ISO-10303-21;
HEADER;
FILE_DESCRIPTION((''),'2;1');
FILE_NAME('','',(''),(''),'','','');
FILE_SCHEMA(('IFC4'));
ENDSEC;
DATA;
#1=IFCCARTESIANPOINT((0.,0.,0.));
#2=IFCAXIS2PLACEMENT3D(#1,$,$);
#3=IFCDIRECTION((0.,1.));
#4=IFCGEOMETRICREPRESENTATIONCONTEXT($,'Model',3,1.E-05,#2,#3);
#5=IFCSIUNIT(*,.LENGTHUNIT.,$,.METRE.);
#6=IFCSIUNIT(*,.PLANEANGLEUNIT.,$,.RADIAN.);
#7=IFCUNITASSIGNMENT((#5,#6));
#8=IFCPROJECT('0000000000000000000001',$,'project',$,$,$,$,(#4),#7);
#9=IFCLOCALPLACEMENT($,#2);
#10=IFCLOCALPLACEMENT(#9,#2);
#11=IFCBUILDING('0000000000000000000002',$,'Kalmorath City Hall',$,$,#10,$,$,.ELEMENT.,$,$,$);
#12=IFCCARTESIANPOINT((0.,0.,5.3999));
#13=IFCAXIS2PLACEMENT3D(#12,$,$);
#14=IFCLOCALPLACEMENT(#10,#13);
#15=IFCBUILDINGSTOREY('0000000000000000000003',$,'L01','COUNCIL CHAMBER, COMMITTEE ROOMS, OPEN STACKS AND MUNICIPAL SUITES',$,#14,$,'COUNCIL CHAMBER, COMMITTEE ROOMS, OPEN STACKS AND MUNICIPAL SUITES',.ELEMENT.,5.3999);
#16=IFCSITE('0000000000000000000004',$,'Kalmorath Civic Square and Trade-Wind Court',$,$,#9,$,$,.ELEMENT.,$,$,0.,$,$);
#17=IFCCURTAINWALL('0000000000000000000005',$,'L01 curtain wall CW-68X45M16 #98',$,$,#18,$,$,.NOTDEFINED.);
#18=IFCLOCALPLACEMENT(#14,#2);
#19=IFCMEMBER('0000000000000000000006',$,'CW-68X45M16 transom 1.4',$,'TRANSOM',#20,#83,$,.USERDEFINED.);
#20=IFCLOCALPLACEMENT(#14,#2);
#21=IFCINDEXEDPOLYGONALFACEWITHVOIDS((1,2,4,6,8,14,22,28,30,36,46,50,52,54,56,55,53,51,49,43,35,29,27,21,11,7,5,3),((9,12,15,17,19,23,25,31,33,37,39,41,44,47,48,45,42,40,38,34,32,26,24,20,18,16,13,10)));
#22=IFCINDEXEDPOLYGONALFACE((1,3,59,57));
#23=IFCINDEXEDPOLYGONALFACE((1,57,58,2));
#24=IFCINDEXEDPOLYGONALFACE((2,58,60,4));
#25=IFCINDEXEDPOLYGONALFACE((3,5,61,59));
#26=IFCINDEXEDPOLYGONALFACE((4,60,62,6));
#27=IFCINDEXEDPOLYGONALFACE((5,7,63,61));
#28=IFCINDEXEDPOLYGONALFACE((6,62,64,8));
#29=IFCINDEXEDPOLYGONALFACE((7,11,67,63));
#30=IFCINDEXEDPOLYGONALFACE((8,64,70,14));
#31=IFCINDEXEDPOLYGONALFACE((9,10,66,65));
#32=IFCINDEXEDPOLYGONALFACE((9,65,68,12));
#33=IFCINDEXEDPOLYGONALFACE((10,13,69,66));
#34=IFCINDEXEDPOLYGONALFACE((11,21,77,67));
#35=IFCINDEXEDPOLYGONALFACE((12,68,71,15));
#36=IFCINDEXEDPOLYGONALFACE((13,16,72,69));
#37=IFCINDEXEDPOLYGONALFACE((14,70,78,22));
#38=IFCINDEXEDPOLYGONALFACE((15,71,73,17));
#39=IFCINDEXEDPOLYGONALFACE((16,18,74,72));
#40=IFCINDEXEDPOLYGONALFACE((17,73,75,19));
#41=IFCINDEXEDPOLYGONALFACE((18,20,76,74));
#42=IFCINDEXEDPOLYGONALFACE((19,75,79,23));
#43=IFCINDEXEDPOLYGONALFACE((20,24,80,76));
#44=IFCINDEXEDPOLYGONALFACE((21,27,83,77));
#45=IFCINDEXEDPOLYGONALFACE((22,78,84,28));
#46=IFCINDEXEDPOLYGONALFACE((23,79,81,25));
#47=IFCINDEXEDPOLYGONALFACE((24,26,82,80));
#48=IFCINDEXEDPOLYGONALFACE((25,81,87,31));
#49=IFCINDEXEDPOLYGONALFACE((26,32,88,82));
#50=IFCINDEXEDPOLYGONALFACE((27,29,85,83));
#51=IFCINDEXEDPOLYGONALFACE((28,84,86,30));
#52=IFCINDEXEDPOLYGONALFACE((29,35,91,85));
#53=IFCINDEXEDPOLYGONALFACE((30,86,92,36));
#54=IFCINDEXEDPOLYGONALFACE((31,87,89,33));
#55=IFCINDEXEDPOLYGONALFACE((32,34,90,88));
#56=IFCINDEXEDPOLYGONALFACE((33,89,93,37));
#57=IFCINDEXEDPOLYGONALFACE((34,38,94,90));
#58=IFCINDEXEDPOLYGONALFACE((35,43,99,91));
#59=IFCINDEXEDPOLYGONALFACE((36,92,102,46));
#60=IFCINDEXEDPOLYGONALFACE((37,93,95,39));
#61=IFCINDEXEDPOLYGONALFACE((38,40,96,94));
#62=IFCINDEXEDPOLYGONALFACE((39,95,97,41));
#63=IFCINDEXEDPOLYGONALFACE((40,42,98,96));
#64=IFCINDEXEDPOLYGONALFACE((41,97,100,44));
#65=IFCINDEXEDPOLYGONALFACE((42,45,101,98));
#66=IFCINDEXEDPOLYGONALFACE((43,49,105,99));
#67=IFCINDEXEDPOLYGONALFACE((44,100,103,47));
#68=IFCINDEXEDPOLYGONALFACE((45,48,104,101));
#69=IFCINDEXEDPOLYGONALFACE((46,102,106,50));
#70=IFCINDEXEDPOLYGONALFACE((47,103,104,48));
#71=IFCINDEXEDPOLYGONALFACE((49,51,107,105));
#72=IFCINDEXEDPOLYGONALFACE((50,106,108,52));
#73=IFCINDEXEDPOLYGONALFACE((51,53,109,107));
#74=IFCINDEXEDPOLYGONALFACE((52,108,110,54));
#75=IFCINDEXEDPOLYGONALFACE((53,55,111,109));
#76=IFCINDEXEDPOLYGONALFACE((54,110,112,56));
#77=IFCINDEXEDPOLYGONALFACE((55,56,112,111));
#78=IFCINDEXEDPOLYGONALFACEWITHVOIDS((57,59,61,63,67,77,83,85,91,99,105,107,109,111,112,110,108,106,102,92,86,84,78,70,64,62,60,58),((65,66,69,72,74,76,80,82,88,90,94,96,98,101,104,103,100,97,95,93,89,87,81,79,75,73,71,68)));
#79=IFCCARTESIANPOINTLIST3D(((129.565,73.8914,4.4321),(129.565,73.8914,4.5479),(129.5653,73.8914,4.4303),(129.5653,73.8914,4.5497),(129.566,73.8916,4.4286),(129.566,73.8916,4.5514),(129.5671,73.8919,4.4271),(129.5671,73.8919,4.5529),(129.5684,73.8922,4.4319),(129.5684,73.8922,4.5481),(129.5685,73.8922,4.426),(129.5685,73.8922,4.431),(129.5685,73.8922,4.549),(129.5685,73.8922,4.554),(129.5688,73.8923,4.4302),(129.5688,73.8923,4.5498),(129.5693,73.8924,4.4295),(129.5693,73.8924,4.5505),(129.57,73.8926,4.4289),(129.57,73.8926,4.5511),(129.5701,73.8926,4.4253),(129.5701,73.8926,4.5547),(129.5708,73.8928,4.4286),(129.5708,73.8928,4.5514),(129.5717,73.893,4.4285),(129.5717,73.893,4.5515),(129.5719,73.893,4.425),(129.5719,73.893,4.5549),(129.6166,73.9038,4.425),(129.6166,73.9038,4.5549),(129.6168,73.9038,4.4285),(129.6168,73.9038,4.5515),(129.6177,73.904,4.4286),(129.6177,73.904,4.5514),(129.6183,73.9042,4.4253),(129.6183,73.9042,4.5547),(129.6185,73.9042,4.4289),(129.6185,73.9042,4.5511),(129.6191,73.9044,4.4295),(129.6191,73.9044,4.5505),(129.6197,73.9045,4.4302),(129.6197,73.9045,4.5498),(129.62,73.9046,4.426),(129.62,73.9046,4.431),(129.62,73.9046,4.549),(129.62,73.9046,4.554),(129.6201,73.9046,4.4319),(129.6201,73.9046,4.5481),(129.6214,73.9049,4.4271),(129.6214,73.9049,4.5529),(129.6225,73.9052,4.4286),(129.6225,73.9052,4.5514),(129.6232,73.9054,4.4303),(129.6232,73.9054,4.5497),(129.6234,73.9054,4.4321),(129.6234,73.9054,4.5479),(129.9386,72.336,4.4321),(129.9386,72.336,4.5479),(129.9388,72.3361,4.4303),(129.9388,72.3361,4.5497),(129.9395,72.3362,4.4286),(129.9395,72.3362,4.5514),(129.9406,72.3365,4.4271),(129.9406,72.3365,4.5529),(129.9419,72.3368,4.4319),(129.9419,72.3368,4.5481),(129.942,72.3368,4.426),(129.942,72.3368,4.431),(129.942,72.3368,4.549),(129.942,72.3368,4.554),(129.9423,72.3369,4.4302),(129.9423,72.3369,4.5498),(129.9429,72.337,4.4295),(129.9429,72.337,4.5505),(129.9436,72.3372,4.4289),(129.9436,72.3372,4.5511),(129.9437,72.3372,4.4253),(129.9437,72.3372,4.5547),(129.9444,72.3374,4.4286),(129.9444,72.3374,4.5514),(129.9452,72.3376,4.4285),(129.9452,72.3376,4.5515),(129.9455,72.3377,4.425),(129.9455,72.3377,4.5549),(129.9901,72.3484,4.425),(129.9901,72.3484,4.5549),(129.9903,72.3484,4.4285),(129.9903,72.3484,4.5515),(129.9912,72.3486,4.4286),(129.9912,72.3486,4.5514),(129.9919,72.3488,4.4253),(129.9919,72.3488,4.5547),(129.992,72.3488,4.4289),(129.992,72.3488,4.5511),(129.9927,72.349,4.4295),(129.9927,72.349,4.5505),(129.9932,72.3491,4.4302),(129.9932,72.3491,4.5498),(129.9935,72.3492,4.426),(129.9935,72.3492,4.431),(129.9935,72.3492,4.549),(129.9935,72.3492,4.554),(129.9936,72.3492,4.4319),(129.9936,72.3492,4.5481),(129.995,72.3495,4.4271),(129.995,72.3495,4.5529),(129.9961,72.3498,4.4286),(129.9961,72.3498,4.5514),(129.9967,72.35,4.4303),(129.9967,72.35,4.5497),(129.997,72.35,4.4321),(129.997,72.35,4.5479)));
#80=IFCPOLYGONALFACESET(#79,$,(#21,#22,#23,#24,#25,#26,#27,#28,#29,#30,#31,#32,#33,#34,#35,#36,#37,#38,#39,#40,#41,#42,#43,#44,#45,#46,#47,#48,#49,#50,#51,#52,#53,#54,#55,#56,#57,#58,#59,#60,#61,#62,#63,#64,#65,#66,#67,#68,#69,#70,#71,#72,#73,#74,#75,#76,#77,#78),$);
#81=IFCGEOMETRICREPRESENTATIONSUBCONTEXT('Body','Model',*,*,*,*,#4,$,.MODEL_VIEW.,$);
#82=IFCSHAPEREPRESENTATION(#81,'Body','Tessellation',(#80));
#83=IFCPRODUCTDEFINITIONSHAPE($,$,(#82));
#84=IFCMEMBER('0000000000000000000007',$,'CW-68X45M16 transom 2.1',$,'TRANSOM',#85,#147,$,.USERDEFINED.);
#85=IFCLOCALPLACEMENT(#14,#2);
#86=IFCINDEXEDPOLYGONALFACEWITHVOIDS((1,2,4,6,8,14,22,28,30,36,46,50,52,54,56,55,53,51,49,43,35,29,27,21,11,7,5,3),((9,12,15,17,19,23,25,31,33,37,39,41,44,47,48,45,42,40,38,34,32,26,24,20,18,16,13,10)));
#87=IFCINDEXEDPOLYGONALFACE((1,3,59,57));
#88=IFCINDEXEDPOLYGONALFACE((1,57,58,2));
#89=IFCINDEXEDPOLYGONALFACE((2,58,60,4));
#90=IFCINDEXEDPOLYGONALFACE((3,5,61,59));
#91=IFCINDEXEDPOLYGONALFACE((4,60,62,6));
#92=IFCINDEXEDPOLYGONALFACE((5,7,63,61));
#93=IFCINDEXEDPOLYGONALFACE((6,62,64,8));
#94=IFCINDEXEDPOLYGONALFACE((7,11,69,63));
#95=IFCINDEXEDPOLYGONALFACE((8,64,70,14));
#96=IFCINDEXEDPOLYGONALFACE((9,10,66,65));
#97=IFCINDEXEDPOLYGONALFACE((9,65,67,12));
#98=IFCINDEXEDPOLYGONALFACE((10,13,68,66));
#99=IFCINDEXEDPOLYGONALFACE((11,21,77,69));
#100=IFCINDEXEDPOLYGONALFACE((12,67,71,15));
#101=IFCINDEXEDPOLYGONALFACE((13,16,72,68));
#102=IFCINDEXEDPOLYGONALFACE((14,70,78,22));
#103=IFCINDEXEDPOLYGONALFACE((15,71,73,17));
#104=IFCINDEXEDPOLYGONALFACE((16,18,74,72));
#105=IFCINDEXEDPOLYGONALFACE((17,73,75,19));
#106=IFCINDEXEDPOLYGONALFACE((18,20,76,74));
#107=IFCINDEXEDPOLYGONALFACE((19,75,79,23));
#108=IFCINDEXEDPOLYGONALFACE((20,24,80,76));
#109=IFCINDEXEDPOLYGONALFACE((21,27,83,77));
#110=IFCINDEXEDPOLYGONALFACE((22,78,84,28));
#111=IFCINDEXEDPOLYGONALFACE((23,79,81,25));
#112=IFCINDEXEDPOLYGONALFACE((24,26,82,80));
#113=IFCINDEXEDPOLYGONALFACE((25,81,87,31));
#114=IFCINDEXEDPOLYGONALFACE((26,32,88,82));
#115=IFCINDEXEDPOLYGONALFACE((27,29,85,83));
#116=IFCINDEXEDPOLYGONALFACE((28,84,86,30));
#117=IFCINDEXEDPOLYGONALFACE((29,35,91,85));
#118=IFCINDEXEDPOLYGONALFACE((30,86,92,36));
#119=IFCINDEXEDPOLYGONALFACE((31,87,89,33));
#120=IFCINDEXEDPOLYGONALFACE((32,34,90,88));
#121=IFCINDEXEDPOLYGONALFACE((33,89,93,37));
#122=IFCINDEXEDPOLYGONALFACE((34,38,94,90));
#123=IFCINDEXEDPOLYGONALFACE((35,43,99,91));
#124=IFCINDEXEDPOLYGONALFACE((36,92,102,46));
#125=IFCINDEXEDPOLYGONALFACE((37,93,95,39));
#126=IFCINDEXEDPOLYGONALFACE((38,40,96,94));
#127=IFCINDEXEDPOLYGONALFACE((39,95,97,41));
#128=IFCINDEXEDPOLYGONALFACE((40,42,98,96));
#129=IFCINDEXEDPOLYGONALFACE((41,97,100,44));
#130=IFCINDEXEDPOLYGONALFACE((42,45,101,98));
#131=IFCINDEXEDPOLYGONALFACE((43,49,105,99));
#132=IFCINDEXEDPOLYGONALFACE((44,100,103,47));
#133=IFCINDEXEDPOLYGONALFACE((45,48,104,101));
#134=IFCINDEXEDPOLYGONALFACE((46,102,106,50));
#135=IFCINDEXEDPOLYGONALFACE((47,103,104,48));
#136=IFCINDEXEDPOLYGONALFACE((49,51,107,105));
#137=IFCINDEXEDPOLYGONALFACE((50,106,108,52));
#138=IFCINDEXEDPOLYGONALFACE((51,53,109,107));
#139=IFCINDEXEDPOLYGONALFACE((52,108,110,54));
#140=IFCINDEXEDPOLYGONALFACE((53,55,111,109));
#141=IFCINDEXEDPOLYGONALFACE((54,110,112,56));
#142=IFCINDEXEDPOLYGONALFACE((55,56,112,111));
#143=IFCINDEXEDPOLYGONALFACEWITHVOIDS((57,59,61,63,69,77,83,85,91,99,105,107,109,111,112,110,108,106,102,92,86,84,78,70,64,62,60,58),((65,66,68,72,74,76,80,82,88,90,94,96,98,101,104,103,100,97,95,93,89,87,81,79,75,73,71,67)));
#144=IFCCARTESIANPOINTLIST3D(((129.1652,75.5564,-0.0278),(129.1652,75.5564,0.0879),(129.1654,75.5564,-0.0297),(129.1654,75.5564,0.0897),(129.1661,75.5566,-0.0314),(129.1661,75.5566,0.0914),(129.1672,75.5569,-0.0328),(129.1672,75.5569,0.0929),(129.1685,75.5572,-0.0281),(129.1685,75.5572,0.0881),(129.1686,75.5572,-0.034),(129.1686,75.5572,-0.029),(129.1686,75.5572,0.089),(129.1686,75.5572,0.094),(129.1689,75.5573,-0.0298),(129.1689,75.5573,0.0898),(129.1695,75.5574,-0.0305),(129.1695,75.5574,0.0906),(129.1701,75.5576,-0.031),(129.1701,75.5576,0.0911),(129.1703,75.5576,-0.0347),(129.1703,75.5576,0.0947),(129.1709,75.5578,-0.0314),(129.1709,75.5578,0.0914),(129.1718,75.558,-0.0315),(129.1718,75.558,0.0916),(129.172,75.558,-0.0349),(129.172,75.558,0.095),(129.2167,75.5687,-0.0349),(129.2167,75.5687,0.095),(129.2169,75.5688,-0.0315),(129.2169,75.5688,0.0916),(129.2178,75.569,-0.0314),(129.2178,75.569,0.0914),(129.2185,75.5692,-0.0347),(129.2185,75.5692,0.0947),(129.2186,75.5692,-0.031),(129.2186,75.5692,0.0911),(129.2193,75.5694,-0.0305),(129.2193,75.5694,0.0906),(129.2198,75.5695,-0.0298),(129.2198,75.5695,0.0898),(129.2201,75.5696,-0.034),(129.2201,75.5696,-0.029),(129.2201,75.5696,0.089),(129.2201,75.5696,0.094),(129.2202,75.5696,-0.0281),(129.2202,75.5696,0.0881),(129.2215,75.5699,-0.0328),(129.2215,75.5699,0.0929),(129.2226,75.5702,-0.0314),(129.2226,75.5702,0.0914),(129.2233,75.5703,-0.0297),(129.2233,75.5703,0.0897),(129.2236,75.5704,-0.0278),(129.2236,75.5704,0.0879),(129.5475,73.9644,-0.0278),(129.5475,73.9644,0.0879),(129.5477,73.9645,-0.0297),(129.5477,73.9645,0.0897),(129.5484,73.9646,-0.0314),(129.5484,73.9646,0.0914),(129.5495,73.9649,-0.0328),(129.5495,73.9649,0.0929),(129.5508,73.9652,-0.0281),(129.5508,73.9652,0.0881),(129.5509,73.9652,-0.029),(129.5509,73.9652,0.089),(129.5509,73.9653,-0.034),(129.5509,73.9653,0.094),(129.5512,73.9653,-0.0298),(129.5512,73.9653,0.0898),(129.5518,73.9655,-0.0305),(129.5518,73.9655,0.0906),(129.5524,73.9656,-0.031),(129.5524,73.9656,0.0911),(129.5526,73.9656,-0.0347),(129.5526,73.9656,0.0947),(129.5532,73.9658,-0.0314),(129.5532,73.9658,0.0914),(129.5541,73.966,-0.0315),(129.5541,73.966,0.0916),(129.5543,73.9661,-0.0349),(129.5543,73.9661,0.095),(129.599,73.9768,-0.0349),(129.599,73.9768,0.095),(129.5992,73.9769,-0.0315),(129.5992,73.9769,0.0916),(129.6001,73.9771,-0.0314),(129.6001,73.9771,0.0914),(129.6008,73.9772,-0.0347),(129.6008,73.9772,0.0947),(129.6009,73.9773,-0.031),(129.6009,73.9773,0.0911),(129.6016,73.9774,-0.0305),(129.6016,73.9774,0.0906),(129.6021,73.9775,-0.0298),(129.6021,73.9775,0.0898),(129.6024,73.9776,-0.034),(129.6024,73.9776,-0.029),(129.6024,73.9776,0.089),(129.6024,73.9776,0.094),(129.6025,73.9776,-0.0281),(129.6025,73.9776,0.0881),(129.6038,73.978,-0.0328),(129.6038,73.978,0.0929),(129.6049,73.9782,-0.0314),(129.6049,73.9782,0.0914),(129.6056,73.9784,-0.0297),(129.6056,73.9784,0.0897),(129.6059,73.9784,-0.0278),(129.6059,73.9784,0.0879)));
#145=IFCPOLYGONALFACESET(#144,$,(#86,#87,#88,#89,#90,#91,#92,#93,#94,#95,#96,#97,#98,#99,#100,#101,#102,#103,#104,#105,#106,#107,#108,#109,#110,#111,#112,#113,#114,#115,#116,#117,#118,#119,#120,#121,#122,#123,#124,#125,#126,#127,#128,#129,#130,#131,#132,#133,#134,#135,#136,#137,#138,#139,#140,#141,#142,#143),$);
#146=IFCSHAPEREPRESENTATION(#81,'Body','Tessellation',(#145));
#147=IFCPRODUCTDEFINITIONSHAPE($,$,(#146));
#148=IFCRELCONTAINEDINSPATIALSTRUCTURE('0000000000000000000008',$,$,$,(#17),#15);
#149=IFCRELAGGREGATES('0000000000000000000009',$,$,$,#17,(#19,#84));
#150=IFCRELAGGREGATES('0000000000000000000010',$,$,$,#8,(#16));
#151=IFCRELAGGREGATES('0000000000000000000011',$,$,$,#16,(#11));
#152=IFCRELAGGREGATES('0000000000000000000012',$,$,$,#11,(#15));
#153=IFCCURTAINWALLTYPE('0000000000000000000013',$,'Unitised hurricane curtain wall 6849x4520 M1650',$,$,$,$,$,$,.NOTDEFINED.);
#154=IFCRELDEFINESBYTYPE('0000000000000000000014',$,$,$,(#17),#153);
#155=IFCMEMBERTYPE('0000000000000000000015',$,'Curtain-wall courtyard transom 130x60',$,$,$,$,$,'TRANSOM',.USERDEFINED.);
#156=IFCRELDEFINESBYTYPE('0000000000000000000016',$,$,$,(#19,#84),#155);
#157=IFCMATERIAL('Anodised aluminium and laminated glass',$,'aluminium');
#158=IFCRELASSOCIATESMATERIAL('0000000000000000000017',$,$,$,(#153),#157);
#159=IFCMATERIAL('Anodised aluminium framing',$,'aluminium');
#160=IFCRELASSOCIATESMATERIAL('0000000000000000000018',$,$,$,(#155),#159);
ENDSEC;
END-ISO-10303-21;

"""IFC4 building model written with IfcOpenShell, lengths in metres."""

from ifc_helpers import new_model, si_unit, direction, frame, origin, origin_2d, place, context, subcontext, project, spatial, hollow_rectangle, extrude, material, material_profile, profile_set, type_object, element, aggregate, save


model = new_model("IFC4")

# Units and contexts
model_context = context("Model", 3, precision=1e-05, world=origin(), true_north=direction((0.0, 1.0)))
body_context = subcontext(model_context, "Body", "Model", "MODEL_VIEW")
ifc_project = project(units=[si_unit("LENGTHUNIT", "METRE"), si_unit("PLANEANGLEUNIT", "RADIAN")], contexts=[model_context])

# Site, building, storey
site_placement = place(None, origin())
site = spatial("IfcSite", under=ifc_project, at=site_placement, Name="Kalmorath Civic Square and Trade-Wind Court", CompositionType="ELEMENT", RefElevation=0.0)
building_placement = place(site_placement, origin())
building = spatial("IfcBuilding", under=site, at=building_placement, Name="Kalmorath City Hall", CompositionType="ELEMENT")
storey_placement = place(building_placement, frame((0.0, 0.0, 5.3999)))
storey = spatial("IfcBuildingStorey", under=building, at=storey_placement, Name="L01", Description="COUNCIL CHAMBER, COMMITTEE ROOMS, OPEN STACKS AND MUNICIPAL SUITES", LongName="COUNCIL CHAMBER, COMMITTEE ROOMS, OPEN STACKS AND MUNICIPAL SUITES", CompositionType="ELEMENT", Elevation=5.3999)

# Curtain wall, members
ifc_material_1 = material(Name="Anodised aluminium and laminated glass", Category="aluminium")
curtain_wall_type = type_object("IfcCurtainWallType", Name="Unitised hurricane curtain wall 6849x4520 M1650", PredefinedType="NOTDEFINED", material=ifc_material_1)
curtain_wall_placement = place(storey_placement, origin())
curtain_wall = element("IfcCurtainWall", 1, at=curtain_wall_placement, inside=storey, type_object=curtain_wall_type, Name="L01 curtain wall CW-68X45M16 #98", PredefinedType="NOTDEFINED")
ifc_material_2 = material(Name="Anodised aluminium framing", Category="aluminium")
ifc_material_profile_1 = material_profile(ifc_material_2, hollow_rectangle(XDim=0.0601, YDim=0.1299, WallThickness=0.0034, InnerFilletRadius=0.0034, OuterFilletRadius=0.0071, at=origin_2d()), Name="ALU-TRN-130X60X3.5")
ifc_profile_set_1 = profile_set([ifc_material_profile_1], Name="Anodised aluminium framing")
member_type_1 = type_object("IfcMemberType", Name="Curtain-wall courtyard transom 130x60", ElementType="TRANSOM", PredefinedType="USERDEFINED", material=ifc_profile_set_1)
member_1_placement = place(storey_placement, frame((129.9678, 72.343, 4.49), z_axis=(-0.233511, 0.972354, 0.0), x_axis=(-0.972354, -0.233511, 0.0)))
member_1 = element("IfcMember", 2, at=member_1_placement, type_object=member_type_1, Name="CW-68X45M16 transom 1.4", ObjectType="TRANSOM", PredefinedType="USERDEFINED", context=body_context, shape_type="SweptSolid", body=[
    extrude(hollow_rectangle(XDim=0.0601, YDim=0.1299, WallThickness=0.0034, InnerFilletRadius=0.0034, OuterFilletRadius=0.0071, at=origin_2d()), origin(), (0.0, 0.0, 1.0), 1.5996),
])
member_2_placement = place(storey_placement, frame((129.5767, 73.9714, 0.03), z_axis=(-0.233508, 0.972355, 0.0), x_axis=(-0.972355, -0.233508, 0.0)))
member_2 = element("IfcMember", 3, at=member_2_placement, type_object=member_type_1, Name="CW-68X45M16 transom 2.1", ObjectType="TRANSOM", PredefinedType="USERDEFINED", context=body_context, shape_type="SweptSolid", body=[
    extrude(hollow_rectangle(XDim=0.0601, YDim=0.1299, WallThickness=0.0034, InnerFilletRadius=0.0034, OuterFilletRadius=0.0071, at=origin_2d()), origin(), (0.0, 0.0, 1.0), 1.6372),
])
aggregate(curtain_wall, [member_1, member_2])

save(model, "model.ifc")
